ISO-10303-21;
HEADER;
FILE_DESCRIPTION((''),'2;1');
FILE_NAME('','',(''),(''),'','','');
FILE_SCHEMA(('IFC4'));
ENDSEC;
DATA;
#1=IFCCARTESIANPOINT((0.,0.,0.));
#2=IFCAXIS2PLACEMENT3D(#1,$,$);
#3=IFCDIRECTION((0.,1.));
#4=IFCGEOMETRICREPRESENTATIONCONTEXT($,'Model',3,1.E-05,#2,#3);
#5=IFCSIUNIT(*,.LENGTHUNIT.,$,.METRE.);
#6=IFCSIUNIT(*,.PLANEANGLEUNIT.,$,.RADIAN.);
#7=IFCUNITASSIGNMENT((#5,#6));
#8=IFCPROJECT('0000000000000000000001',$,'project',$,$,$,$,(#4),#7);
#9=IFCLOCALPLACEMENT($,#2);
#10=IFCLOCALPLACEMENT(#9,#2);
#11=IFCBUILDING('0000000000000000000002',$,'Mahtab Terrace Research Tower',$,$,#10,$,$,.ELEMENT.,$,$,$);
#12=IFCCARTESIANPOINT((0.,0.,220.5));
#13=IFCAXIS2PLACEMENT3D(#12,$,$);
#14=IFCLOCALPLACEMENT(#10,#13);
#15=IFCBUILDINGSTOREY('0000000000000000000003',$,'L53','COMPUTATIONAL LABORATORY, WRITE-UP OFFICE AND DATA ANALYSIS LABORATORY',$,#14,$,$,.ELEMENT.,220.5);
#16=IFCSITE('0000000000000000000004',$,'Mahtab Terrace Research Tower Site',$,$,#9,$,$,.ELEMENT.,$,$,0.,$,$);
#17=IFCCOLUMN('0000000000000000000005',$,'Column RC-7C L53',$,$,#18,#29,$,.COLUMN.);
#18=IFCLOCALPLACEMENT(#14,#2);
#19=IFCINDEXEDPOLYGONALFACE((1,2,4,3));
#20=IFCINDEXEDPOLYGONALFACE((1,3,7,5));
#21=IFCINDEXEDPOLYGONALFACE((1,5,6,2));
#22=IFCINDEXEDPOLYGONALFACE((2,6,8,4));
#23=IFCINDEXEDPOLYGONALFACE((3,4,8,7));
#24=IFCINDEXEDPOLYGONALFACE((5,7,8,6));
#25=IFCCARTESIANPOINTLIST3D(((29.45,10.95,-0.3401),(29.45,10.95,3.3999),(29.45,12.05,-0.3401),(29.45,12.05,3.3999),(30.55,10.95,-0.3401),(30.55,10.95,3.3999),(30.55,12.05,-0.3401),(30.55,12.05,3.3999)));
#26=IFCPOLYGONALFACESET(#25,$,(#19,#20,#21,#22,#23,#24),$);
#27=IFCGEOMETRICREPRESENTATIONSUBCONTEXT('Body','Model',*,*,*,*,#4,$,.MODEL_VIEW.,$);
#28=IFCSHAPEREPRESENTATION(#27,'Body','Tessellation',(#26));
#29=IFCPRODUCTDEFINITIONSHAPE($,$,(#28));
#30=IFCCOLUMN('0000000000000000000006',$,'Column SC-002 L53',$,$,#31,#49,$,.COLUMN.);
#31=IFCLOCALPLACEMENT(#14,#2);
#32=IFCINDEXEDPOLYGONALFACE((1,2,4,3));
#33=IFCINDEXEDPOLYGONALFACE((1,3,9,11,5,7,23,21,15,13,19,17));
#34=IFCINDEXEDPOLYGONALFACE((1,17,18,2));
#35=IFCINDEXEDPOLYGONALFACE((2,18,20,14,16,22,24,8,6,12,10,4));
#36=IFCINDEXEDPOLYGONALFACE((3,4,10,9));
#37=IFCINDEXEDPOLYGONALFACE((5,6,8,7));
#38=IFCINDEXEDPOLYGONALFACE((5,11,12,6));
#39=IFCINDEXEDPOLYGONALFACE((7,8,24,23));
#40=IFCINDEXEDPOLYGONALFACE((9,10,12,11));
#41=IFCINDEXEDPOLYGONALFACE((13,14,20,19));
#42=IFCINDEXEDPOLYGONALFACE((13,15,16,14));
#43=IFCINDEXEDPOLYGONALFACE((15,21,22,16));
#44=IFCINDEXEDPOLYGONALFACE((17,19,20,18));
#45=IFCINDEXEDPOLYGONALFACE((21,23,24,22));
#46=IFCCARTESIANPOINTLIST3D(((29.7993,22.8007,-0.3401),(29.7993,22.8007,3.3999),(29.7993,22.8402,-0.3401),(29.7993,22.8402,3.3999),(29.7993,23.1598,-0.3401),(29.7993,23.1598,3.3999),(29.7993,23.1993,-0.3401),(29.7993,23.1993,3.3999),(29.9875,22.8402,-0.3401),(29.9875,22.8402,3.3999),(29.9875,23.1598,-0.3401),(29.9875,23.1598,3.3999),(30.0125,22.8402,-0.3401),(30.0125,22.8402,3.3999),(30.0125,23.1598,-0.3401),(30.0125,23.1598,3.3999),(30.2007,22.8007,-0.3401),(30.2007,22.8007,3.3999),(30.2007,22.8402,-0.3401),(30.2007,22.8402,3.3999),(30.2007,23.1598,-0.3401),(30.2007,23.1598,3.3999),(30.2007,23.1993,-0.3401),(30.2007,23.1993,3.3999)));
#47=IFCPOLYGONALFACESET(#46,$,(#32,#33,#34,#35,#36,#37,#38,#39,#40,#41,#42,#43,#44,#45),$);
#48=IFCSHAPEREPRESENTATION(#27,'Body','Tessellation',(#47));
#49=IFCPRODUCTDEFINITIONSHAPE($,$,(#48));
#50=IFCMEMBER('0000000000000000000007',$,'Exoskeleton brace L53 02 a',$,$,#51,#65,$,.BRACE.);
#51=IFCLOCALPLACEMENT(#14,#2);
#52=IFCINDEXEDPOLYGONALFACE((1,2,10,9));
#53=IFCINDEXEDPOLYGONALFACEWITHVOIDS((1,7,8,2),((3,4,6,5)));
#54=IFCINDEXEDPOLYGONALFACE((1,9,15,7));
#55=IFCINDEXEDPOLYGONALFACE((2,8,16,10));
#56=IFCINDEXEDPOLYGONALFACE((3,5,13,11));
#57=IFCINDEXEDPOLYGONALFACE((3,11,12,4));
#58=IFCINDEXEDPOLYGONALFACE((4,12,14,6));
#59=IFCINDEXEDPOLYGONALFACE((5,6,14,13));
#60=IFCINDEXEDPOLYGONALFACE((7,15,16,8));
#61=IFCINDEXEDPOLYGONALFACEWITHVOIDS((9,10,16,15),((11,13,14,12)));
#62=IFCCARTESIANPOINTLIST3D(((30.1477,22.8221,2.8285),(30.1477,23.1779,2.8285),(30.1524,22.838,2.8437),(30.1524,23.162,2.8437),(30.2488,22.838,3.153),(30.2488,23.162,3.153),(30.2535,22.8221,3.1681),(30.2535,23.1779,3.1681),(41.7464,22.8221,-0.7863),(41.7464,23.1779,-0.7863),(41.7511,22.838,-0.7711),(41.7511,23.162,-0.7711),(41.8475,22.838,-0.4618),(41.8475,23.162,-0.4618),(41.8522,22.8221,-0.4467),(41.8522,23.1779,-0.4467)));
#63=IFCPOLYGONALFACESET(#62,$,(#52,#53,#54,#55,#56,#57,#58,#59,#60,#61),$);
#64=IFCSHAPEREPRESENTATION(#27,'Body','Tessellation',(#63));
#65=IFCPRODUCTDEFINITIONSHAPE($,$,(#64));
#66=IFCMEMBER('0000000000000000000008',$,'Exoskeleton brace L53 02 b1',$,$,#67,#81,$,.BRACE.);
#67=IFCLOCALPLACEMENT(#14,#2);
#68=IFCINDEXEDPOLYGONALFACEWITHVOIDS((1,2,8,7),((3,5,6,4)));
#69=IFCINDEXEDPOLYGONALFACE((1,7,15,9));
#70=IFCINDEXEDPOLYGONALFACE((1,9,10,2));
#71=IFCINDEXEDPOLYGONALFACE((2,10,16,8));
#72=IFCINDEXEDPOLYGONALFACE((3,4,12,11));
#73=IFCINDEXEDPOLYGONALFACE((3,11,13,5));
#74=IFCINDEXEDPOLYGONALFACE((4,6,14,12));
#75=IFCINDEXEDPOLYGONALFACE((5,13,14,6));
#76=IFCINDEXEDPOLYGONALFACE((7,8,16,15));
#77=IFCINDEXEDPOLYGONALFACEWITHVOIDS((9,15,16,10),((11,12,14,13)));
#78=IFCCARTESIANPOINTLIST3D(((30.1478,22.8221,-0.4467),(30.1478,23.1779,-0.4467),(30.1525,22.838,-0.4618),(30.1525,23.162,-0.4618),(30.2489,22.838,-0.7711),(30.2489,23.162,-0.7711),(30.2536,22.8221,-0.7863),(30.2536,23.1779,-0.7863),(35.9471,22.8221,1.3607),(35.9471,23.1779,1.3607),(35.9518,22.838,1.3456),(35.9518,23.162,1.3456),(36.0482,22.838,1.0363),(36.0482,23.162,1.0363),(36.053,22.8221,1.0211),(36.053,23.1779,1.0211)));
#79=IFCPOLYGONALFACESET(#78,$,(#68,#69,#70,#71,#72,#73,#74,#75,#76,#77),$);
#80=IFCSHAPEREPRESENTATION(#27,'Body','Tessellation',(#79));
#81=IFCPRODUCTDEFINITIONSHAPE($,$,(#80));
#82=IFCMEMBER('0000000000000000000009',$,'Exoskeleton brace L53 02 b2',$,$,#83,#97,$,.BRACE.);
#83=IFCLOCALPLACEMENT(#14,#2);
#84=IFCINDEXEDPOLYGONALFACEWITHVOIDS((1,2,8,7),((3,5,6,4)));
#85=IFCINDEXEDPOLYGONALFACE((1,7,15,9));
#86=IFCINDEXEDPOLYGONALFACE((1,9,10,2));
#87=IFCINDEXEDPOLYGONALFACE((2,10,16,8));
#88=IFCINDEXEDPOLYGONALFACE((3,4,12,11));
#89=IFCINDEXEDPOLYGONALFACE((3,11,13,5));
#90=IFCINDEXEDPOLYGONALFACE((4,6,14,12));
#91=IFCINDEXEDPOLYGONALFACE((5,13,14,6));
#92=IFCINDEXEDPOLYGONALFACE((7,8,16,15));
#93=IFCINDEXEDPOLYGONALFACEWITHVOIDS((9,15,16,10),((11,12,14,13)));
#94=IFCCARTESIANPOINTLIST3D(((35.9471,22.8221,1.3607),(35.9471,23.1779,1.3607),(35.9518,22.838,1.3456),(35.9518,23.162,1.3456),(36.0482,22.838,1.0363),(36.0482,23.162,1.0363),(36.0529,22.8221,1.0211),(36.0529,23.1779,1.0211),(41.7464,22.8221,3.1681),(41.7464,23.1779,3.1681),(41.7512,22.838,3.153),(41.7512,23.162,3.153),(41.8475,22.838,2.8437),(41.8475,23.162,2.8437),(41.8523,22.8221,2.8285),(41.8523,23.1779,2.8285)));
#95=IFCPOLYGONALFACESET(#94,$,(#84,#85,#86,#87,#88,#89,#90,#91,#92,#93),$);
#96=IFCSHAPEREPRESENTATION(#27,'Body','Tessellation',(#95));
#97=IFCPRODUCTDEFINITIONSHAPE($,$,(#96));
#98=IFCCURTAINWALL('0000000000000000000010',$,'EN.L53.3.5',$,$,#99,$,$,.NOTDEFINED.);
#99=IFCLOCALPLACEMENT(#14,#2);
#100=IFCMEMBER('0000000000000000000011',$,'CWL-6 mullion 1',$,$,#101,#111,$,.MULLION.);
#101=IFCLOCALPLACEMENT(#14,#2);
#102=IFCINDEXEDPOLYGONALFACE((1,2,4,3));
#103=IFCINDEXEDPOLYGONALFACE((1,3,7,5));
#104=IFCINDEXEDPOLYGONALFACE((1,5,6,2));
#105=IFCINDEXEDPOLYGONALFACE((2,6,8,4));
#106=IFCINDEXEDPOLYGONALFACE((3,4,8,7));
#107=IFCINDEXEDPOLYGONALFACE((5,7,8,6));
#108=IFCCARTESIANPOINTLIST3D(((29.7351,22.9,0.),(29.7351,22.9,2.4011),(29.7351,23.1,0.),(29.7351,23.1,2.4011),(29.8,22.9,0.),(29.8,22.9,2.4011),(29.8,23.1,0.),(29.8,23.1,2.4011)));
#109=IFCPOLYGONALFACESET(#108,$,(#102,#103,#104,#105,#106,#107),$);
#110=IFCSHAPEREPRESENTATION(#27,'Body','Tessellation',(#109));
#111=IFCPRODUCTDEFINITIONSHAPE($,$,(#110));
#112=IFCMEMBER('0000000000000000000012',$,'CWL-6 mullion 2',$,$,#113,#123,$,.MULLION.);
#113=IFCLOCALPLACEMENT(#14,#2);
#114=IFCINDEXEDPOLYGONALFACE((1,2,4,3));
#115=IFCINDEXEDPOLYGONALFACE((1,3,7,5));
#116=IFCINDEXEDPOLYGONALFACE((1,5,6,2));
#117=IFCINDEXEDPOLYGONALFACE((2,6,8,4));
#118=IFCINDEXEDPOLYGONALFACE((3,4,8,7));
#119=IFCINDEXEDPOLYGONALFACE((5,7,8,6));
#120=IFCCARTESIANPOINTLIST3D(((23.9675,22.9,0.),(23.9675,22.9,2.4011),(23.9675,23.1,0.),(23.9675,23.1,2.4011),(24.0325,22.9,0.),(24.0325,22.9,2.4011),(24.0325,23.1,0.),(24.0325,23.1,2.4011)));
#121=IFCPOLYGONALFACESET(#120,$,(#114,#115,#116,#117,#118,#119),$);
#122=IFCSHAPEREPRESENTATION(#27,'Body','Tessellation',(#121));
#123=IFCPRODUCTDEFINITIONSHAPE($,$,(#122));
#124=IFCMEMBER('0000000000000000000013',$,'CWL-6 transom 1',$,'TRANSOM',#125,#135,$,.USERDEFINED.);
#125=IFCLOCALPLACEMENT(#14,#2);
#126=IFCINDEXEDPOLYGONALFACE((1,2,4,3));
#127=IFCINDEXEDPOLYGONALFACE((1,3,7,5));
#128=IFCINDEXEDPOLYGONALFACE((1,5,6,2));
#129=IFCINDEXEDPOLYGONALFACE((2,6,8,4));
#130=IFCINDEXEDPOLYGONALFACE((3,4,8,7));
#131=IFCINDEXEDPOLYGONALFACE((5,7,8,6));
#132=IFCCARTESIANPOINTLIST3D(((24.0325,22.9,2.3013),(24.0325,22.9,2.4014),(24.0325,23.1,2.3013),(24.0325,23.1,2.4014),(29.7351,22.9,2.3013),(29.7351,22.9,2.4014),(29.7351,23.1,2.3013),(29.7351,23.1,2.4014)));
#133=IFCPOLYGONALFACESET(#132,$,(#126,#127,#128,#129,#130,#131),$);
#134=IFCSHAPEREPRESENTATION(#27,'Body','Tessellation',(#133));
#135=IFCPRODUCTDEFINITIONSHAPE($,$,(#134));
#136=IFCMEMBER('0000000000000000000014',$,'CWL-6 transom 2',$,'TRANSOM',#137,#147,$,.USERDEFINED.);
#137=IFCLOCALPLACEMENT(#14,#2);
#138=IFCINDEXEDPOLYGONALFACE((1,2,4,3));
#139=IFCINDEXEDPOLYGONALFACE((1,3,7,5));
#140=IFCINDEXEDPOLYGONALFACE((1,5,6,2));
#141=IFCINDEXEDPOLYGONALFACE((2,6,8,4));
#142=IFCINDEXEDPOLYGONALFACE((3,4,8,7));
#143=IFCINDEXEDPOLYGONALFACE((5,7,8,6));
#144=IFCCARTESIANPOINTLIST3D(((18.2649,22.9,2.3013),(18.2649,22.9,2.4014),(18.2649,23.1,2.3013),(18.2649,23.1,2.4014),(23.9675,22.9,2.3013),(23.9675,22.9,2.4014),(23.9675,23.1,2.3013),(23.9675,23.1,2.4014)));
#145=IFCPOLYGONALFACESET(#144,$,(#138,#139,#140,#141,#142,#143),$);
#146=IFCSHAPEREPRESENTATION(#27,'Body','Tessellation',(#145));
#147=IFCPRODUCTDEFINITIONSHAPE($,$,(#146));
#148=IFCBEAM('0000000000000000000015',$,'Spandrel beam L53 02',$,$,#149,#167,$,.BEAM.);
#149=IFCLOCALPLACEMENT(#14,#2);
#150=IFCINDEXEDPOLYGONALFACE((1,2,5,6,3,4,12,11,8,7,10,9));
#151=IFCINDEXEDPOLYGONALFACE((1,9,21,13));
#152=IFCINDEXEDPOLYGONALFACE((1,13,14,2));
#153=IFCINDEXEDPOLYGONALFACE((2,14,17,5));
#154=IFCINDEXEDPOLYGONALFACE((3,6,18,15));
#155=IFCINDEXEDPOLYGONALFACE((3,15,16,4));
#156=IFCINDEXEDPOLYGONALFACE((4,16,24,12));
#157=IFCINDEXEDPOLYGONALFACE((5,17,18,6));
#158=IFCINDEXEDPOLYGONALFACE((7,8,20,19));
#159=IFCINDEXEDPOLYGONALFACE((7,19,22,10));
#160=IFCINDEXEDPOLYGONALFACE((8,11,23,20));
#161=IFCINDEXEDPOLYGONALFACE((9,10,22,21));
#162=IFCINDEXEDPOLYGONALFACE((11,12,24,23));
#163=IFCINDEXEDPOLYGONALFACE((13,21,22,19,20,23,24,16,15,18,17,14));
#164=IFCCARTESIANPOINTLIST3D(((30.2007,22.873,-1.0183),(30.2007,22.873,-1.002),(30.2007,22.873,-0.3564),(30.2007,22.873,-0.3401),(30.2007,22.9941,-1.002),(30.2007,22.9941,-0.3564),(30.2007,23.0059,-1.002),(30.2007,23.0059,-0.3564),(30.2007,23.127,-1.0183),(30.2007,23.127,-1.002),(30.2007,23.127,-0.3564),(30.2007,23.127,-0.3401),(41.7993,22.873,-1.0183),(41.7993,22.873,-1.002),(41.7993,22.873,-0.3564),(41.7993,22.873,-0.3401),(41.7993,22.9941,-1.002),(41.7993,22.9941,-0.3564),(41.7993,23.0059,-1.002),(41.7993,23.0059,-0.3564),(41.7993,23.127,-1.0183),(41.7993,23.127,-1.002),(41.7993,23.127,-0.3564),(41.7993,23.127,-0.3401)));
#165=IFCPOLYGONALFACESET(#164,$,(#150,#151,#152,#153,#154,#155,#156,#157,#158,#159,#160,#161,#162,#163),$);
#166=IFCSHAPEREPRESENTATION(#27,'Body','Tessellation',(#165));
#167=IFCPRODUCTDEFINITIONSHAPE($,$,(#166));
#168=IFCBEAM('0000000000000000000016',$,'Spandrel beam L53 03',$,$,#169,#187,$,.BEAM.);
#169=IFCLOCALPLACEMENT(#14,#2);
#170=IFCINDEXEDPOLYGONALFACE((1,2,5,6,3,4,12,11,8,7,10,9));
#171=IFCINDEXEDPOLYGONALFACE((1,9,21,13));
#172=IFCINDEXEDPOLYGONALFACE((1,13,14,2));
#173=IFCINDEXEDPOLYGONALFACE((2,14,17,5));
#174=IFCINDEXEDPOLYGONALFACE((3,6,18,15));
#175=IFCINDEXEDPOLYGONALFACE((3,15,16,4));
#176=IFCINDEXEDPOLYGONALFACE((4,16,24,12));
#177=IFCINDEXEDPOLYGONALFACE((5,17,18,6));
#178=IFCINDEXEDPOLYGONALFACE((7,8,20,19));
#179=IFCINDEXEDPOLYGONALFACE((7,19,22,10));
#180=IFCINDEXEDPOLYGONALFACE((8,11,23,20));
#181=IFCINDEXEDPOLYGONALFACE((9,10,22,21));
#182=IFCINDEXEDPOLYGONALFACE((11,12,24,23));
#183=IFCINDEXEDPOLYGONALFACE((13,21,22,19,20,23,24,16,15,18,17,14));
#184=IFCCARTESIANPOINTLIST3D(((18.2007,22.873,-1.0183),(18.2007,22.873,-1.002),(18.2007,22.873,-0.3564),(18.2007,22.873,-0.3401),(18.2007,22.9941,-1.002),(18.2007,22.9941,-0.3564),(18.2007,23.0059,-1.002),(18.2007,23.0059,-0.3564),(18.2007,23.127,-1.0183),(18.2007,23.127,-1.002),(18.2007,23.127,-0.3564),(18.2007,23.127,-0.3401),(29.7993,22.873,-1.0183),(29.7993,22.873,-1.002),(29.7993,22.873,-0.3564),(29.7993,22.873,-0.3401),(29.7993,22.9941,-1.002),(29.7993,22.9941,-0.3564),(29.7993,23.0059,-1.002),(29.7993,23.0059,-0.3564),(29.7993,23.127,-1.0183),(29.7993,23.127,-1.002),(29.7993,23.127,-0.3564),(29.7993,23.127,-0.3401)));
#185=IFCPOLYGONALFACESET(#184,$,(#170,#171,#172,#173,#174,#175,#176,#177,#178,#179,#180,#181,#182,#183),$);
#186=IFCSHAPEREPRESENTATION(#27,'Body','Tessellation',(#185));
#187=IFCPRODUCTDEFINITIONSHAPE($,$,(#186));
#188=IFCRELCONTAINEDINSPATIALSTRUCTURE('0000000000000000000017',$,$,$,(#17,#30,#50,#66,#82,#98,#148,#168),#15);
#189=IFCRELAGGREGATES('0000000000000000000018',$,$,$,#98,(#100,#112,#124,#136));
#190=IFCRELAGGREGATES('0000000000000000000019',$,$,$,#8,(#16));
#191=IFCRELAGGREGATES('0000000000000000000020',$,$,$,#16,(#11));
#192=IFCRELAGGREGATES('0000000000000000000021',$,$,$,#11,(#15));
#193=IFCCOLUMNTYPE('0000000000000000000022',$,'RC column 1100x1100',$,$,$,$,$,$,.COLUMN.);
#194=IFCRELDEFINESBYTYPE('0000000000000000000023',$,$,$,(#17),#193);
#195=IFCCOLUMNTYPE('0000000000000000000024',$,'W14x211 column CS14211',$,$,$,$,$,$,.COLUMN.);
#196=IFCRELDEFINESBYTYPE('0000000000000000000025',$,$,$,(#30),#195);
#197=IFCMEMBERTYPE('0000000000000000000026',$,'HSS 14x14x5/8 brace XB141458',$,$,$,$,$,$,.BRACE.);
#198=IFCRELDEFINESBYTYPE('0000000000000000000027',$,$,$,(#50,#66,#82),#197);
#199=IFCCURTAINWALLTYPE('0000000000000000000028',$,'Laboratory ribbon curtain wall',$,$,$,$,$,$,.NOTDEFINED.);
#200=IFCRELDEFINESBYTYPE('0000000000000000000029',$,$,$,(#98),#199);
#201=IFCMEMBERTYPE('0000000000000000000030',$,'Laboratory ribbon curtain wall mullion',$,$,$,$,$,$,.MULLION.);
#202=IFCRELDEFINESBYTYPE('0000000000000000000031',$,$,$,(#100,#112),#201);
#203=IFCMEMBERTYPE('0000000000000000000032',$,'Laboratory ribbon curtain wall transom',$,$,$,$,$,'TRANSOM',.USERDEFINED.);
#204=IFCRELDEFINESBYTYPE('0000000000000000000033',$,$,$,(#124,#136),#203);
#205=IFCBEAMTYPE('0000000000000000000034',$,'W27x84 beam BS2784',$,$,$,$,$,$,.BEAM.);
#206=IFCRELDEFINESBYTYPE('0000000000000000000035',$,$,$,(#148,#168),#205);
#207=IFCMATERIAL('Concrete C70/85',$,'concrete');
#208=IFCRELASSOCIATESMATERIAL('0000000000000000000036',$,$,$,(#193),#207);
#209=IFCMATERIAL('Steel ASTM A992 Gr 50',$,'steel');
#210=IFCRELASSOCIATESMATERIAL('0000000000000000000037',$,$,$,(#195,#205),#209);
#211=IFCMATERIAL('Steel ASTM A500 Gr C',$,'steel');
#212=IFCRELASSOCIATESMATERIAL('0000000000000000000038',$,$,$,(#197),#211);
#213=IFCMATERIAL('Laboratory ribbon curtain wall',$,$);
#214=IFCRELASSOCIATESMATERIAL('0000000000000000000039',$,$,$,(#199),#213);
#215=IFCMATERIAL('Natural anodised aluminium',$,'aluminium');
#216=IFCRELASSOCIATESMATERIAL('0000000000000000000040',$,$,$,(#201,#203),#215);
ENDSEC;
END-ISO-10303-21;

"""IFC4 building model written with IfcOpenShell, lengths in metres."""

from ifc_helpers import new_model, si_unit, direction, frame, origin, origin_2d, place, context, subcontext, project, spatial, rectangle, hollow_rectangle, i_section, extrude, material, material_profile, profile_set, type_object, element, aggregate, save


model = new_model("IFC4")

# Units and contexts
model_context = context("Model", 3, precision=1e-05, world=origin(), true_north=direction((0.0, 1.0)))
body_context = subcontext(model_context, "Body", "Model", "MODEL_VIEW")
ifc_project = project(units=[si_unit("LENGTHUNIT", "METRE"), si_unit("PLANEANGLEUNIT", "RADIAN")], contexts=[model_context])

# Site, building, storey
site_placement = place(None, origin())
site = spatial("IfcSite", under=ifc_project, at=site_placement, Name="Mahtab Terrace Research Tower Site", CompositionType="ELEMENT", RefElevation=0.0)
building_placement = place(site_placement, origin())
building = spatial("IfcBuilding", under=site, at=building_placement, Name="Mahtab Terrace Research Tower", CompositionType="ELEMENT")
storey_placement = place(building_placement, frame((0.0, 0.0, 220.5)))
storey = spatial("IfcBuildingStorey", under=building, at=storey_placement, Name="L53", Description="COMPUTATIONAL LABORATORY, WRITE-UP OFFICE AND DATA ANALYSIS LABORATORY", CompositionType="ELEMENT", Elevation=220.5)

# Columns
ifc_material_1 = material(Name="Concrete C70/85", Category="concrete")
ifc_material_profile_1 = material_profile(ifc_material_1, rectangle(XDim=1.1001, YDim=1.1001, at=origin_2d()), Name="RC column 1100x1100")
ifc_profile_set_1 = profile_set([ifc_material_profile_1], Name="Concrete C70/85")
column_type_1 = type_object("IfcColumnType", Name="RC column 1100x1100", PredefinedType="COLUMN", material=ifc_profile_set_1)
column_1_placement = place(storey_placement, frame((30.0, 11.5, -0.3401), z_axis=(0.0, 0.0, 1.0), x_axis=(1.0, 0.0, 0.0)))
element("IfcColumn", 1, at=column_1_placement, inside=storey, type_object=column_type_1, Name="Column RC-7C L53", PredefinedType="COLUMN", context=body_context, shape_type="SweptSolid", body=[
    extrude(rectangle(XDim=1.1001, YDim=1.1001, at=origin_2d()), origin(), (0.0, 0.0, 1.0), 3.74),
])
ifc_material_2 = material(Name="Steel ASTM A992 Gr 50", Category="steel")
ifc_material_profile_2 = material_profile(ifc_material_2, i_section(OverallWidth=0.4014, OverallDepth=0.3987, WebThickness=0.0249, FlangeThickness=0.0396, at=origin_2d()), Name="W14X211")
ifc_profile_set_2 = profile_set([ifc_material_profile_2], Name="Steel ASTM A992 Gr 50")
column_type_2 = type_object("IfcColumnType", Name="W14x211 column CS14211", PredefinedType="COLUMN", material=ifc_profile_set_2)
column_2_placement = place(storey_placement, frame((30.0, 23.0, -0.3401), z_axis=(0.0, 0.0, 1.0), x_axis=(1.0, 0.0, 0.0)))
element("IfcColumn", 2, at=column_2_placement, inside=storey, type_object=column_type_2, Name="Column SC-002 L53", PredefinedType="COLUMN", context=body_context, shape_type="SweptSolid", body=[
    extrude(i_section(OverallWidth=0.4014, OverallDepth=0.3987, WebThickness=0.0249, FlangeThickness=0.0396, at=origin_2d()), origin(), (0.0, 0.0, 1.0), 3.74),
])

# Members
ifc_material_3 = material(Name="Steel ASTM A500 Gr C", Category="steel")
ifc_material_profile_3 = material_profile(ifc_material_3, hollow_rectangle(XDim=0.3557, YDim=0.3557, WallThickness=0.0159, at=origin_2d()), Name="HSS14X14X5/8")
ifc_profile_set_3 = profile_set([ifc_material_profile_3], Name="Steel ASTM A500 Gr C")
member_type_1 = type_object("IfcMemberType", Name="HSS 14x14x5/8 brace XB141458", PredefinedType="BRACE", material=ifc_profile_set_3)
member_1_placement = place(storey_placement, frame((41.7993, 23.0, -0.6165), z_axis=(-0.95471, 0.0, 0.297538), x_axis=(0.0, -1.0, 0.0)))
element("IfcMember", 3, at=member_1_placement, inside=storey, type_object=member_type_1, Name="Exoskeleton brace L53 02 a", PredefinedType="BRACE", context=body_context, shape_type="SweptSolid", body=[
    extrude(hollow_rectangle(XDim=0.3557, YDim=0.3557, WallThickness=0.0159, at=origin_2d()), origin(), (0.0, 0.0, 1.0), 12.1489),
])
for number, where, z_axis, x_axis, name in (
    (4, (30.2007, 23.0, -0.6165), (0.95471, 0.0, 0.297538), (0.0, 1.0, 0.0), "Exoskeleton brace L53 02 b1"),
    (5, (36.0, 23.0, 1.1909), (0.95471, 0.0, 0.297538), (0.0, 1.0, 0.0), "Exoskeleton brace L53 02 b2"),
):
    element("IfcMember", number, at=place(storey_placement, frame(where, z_axis=z_axis, x_axis=x_axis)), inside=storey, type_object=member_type_1, Name=name, PredefinedType="BRACE", context=body_context, shape_type="SweptSolid", body=[
        extrude(hollow_rectangle(XDim=0.3557, YDim=0.3557, WallThickness=0.0159, at=origin_2d()), origin(), (0.0, 0.0, 1.0), 6.0745),
    ])

# Curtain wall, members
ifc_material_4 = material(Name="Laboratory ribbon curtain wall")
curtain_wall_type = type_object("IfcCurtainWallType", Name="Laboratory ribbon curtain wall", PredefinedType="NOTDEFINED", material=ifc_material_4)
curtain_wall_placement = place(storey_placement, origin())
curtain_wall = element("IfcCurtainWall", 6, at=curtain_wall_placement, inside=storey, type_object=curtain_wall_type, Name="EN.L53.3.5", PredefinedType="NOTDEFINED")
ifc_material_5 = material(Name="Natural anodised aluminium", Category="aluminium")
ifc_material_profile_4 = material_profile(ifc_material_5, rectangle(XDim=0.2, YDim=0.0649, at=origin_2d()), Name="MULLION 65x200")
ifc_profile_set_4 = profile_set([ifc_material_profile_4], Name="Natural anodised aluminium")
member_type_2 = type_object("IfcMemberType", Name="Laboratory ribbon curtain wall mullion", PredefinedType="MULLION", material=ifc_profile_set_4)
member_2_placement = place(storey_placement, frame((29.7676, 23.0, 0.0), z_axis=(0.0, 0.0, 1.0), x_axis=(0.0, -1.0, 0.0)))
member_2 = element("IfcMember", 7, at=member_2_placement, type_object=member_type_2, Name="CWL-6 mullion 1", PredefinedType="MULLION", context=body_context, shape_type="SweptSolid", body=[
    extrude(rectangle(XDim=0.2, YDim=0.0649, at=origin_2d()), origin(), (0.0, 0.0, 1.0), 2.4011),
])
member_3_placement = place(storey_placement, frame((24.0, 23.0, 0.0), z_axis=(0.0, 0.0, 1.0), x_axis=(0.0, -1.0, 0.0)))
member_3 = element("IfcMember", 8, at=member_3_placement, type_object=member_type_2, Name="CWL-6 mullion 2", PredefinedType="MULLION", context=body_context, shape_type="SweptSolid", body=[
    extrude(rectangle(XDim=0.2, YDim=0.0649, at=origin_2d()), origin(), (0.0, 0.0, 1.0), 2.4011),
])
ifc_material_profile_5 = material_profile(ifc_material_5, rectangle(XDim=0.2, YDim=0.1001, at=origin_2d()), Name="TRANSOM 100x200")
ifc_profile_set_5 = profile_set([ifc_material_profile_5], Name="Natural anodised aluminium")
member_type_3 = type_object("IfcMemberType", Name="Laboratory ribbon curtain wall transom", ElementType="TRANSOM", PredefinedType="USERDEFINED", material=ifc_profile_set_5)
member_4_placement = place(storey_placement, frame((29.7351, 23.0, 2.3513), z_axis=(-1.0, 0.0, 0.0), x_axis=(0.0, -1.0, 0.0)))
member_4 = element("IfcMember", 9, at=member_4_placement, type_object=member_type_3, Name="CWL-6 transom 1", ObjectType="TRANSOM", PredefinedType="USERDEFINED", context=body_context, shape_type="SweptSolid", body=[
    extrude(rectangle(XDim=0.2, YDim=0.1001, at=origin_2d()), origin(), (0.0, 0.0, 1.0), 5.7026),
])
member_5_placement = place(storey_placement, frame((23.9675, 23.0, 2.3513), z_axis=(-1.0, 0.0, 0.0), x_axis=(0.0, -1.0, 0.0)))
member_5 = element("IfcMember", 10, at=member_5_placement, type_object=member_type_3, Name="CWL-6 transom 2", ObjectType="TRANSOM", PredefinedType="USERDEFINED", context=body_context, shape_type="SweptSolid", body=[
    extrude(rectangle(XDim=0.2, YDim=0.1001, at=origin_2d()), origin(), (0.0, 0.0, 1.0), 5.7026),
])

# Beams
ifc_material_profile_6 = material_profile(ifc_material_2, i_section(OverallWidth=0.2539, OverallDepth=0.6782, WebThickness=0.0117, FlangeThickness=0.0164, at=origin_2d()), Name="W27X84")
ifc_profile_set_6 = profile_set([ifc_material_profile_6], Name="Steel ASTM A992 Gr 50")
beam_type = type_object("IfcBeamType", Name="W27x84 beam BS2784", PredefinedType="BEAM", material=ifc_profile_set_6)
for number, where, z_axis, x_axis, name in (
    (11, (41.7993, 23.0, -0.6792), (-1.0, 0.0, 0.0), (0.0, -1.0, 0.0), "Spandrel beam L53 02"),
    (12, (29.7993, 23.0, -0.6792), (-1.0, 0.0, 0.0), (0.0, -1.0, 0.0), "Spandrel beam L53 03"),
):
    element("IfcBeam", number, at=place(storey_placement, frame(where, z_axis=z_axis, x_axis=x_axis)), inside=storey, type_object=beam_type, Name=name, PredefinedType="BEAM", context=body_context, shape_type="SweptSolid", body=[
        extrude(i_section(OverallWidth=0.2539, OverallDepth=0.6782, WebThickness=0.0117, FlangeThickness=0.0164, at=origin_2d()), origin(), (0.0, 0.0, 1.0), 11.5986),
    ])

aggregate(curtain_wall, [member_2, member_3, member_4, member_5])

save(model, "model.ifc")
